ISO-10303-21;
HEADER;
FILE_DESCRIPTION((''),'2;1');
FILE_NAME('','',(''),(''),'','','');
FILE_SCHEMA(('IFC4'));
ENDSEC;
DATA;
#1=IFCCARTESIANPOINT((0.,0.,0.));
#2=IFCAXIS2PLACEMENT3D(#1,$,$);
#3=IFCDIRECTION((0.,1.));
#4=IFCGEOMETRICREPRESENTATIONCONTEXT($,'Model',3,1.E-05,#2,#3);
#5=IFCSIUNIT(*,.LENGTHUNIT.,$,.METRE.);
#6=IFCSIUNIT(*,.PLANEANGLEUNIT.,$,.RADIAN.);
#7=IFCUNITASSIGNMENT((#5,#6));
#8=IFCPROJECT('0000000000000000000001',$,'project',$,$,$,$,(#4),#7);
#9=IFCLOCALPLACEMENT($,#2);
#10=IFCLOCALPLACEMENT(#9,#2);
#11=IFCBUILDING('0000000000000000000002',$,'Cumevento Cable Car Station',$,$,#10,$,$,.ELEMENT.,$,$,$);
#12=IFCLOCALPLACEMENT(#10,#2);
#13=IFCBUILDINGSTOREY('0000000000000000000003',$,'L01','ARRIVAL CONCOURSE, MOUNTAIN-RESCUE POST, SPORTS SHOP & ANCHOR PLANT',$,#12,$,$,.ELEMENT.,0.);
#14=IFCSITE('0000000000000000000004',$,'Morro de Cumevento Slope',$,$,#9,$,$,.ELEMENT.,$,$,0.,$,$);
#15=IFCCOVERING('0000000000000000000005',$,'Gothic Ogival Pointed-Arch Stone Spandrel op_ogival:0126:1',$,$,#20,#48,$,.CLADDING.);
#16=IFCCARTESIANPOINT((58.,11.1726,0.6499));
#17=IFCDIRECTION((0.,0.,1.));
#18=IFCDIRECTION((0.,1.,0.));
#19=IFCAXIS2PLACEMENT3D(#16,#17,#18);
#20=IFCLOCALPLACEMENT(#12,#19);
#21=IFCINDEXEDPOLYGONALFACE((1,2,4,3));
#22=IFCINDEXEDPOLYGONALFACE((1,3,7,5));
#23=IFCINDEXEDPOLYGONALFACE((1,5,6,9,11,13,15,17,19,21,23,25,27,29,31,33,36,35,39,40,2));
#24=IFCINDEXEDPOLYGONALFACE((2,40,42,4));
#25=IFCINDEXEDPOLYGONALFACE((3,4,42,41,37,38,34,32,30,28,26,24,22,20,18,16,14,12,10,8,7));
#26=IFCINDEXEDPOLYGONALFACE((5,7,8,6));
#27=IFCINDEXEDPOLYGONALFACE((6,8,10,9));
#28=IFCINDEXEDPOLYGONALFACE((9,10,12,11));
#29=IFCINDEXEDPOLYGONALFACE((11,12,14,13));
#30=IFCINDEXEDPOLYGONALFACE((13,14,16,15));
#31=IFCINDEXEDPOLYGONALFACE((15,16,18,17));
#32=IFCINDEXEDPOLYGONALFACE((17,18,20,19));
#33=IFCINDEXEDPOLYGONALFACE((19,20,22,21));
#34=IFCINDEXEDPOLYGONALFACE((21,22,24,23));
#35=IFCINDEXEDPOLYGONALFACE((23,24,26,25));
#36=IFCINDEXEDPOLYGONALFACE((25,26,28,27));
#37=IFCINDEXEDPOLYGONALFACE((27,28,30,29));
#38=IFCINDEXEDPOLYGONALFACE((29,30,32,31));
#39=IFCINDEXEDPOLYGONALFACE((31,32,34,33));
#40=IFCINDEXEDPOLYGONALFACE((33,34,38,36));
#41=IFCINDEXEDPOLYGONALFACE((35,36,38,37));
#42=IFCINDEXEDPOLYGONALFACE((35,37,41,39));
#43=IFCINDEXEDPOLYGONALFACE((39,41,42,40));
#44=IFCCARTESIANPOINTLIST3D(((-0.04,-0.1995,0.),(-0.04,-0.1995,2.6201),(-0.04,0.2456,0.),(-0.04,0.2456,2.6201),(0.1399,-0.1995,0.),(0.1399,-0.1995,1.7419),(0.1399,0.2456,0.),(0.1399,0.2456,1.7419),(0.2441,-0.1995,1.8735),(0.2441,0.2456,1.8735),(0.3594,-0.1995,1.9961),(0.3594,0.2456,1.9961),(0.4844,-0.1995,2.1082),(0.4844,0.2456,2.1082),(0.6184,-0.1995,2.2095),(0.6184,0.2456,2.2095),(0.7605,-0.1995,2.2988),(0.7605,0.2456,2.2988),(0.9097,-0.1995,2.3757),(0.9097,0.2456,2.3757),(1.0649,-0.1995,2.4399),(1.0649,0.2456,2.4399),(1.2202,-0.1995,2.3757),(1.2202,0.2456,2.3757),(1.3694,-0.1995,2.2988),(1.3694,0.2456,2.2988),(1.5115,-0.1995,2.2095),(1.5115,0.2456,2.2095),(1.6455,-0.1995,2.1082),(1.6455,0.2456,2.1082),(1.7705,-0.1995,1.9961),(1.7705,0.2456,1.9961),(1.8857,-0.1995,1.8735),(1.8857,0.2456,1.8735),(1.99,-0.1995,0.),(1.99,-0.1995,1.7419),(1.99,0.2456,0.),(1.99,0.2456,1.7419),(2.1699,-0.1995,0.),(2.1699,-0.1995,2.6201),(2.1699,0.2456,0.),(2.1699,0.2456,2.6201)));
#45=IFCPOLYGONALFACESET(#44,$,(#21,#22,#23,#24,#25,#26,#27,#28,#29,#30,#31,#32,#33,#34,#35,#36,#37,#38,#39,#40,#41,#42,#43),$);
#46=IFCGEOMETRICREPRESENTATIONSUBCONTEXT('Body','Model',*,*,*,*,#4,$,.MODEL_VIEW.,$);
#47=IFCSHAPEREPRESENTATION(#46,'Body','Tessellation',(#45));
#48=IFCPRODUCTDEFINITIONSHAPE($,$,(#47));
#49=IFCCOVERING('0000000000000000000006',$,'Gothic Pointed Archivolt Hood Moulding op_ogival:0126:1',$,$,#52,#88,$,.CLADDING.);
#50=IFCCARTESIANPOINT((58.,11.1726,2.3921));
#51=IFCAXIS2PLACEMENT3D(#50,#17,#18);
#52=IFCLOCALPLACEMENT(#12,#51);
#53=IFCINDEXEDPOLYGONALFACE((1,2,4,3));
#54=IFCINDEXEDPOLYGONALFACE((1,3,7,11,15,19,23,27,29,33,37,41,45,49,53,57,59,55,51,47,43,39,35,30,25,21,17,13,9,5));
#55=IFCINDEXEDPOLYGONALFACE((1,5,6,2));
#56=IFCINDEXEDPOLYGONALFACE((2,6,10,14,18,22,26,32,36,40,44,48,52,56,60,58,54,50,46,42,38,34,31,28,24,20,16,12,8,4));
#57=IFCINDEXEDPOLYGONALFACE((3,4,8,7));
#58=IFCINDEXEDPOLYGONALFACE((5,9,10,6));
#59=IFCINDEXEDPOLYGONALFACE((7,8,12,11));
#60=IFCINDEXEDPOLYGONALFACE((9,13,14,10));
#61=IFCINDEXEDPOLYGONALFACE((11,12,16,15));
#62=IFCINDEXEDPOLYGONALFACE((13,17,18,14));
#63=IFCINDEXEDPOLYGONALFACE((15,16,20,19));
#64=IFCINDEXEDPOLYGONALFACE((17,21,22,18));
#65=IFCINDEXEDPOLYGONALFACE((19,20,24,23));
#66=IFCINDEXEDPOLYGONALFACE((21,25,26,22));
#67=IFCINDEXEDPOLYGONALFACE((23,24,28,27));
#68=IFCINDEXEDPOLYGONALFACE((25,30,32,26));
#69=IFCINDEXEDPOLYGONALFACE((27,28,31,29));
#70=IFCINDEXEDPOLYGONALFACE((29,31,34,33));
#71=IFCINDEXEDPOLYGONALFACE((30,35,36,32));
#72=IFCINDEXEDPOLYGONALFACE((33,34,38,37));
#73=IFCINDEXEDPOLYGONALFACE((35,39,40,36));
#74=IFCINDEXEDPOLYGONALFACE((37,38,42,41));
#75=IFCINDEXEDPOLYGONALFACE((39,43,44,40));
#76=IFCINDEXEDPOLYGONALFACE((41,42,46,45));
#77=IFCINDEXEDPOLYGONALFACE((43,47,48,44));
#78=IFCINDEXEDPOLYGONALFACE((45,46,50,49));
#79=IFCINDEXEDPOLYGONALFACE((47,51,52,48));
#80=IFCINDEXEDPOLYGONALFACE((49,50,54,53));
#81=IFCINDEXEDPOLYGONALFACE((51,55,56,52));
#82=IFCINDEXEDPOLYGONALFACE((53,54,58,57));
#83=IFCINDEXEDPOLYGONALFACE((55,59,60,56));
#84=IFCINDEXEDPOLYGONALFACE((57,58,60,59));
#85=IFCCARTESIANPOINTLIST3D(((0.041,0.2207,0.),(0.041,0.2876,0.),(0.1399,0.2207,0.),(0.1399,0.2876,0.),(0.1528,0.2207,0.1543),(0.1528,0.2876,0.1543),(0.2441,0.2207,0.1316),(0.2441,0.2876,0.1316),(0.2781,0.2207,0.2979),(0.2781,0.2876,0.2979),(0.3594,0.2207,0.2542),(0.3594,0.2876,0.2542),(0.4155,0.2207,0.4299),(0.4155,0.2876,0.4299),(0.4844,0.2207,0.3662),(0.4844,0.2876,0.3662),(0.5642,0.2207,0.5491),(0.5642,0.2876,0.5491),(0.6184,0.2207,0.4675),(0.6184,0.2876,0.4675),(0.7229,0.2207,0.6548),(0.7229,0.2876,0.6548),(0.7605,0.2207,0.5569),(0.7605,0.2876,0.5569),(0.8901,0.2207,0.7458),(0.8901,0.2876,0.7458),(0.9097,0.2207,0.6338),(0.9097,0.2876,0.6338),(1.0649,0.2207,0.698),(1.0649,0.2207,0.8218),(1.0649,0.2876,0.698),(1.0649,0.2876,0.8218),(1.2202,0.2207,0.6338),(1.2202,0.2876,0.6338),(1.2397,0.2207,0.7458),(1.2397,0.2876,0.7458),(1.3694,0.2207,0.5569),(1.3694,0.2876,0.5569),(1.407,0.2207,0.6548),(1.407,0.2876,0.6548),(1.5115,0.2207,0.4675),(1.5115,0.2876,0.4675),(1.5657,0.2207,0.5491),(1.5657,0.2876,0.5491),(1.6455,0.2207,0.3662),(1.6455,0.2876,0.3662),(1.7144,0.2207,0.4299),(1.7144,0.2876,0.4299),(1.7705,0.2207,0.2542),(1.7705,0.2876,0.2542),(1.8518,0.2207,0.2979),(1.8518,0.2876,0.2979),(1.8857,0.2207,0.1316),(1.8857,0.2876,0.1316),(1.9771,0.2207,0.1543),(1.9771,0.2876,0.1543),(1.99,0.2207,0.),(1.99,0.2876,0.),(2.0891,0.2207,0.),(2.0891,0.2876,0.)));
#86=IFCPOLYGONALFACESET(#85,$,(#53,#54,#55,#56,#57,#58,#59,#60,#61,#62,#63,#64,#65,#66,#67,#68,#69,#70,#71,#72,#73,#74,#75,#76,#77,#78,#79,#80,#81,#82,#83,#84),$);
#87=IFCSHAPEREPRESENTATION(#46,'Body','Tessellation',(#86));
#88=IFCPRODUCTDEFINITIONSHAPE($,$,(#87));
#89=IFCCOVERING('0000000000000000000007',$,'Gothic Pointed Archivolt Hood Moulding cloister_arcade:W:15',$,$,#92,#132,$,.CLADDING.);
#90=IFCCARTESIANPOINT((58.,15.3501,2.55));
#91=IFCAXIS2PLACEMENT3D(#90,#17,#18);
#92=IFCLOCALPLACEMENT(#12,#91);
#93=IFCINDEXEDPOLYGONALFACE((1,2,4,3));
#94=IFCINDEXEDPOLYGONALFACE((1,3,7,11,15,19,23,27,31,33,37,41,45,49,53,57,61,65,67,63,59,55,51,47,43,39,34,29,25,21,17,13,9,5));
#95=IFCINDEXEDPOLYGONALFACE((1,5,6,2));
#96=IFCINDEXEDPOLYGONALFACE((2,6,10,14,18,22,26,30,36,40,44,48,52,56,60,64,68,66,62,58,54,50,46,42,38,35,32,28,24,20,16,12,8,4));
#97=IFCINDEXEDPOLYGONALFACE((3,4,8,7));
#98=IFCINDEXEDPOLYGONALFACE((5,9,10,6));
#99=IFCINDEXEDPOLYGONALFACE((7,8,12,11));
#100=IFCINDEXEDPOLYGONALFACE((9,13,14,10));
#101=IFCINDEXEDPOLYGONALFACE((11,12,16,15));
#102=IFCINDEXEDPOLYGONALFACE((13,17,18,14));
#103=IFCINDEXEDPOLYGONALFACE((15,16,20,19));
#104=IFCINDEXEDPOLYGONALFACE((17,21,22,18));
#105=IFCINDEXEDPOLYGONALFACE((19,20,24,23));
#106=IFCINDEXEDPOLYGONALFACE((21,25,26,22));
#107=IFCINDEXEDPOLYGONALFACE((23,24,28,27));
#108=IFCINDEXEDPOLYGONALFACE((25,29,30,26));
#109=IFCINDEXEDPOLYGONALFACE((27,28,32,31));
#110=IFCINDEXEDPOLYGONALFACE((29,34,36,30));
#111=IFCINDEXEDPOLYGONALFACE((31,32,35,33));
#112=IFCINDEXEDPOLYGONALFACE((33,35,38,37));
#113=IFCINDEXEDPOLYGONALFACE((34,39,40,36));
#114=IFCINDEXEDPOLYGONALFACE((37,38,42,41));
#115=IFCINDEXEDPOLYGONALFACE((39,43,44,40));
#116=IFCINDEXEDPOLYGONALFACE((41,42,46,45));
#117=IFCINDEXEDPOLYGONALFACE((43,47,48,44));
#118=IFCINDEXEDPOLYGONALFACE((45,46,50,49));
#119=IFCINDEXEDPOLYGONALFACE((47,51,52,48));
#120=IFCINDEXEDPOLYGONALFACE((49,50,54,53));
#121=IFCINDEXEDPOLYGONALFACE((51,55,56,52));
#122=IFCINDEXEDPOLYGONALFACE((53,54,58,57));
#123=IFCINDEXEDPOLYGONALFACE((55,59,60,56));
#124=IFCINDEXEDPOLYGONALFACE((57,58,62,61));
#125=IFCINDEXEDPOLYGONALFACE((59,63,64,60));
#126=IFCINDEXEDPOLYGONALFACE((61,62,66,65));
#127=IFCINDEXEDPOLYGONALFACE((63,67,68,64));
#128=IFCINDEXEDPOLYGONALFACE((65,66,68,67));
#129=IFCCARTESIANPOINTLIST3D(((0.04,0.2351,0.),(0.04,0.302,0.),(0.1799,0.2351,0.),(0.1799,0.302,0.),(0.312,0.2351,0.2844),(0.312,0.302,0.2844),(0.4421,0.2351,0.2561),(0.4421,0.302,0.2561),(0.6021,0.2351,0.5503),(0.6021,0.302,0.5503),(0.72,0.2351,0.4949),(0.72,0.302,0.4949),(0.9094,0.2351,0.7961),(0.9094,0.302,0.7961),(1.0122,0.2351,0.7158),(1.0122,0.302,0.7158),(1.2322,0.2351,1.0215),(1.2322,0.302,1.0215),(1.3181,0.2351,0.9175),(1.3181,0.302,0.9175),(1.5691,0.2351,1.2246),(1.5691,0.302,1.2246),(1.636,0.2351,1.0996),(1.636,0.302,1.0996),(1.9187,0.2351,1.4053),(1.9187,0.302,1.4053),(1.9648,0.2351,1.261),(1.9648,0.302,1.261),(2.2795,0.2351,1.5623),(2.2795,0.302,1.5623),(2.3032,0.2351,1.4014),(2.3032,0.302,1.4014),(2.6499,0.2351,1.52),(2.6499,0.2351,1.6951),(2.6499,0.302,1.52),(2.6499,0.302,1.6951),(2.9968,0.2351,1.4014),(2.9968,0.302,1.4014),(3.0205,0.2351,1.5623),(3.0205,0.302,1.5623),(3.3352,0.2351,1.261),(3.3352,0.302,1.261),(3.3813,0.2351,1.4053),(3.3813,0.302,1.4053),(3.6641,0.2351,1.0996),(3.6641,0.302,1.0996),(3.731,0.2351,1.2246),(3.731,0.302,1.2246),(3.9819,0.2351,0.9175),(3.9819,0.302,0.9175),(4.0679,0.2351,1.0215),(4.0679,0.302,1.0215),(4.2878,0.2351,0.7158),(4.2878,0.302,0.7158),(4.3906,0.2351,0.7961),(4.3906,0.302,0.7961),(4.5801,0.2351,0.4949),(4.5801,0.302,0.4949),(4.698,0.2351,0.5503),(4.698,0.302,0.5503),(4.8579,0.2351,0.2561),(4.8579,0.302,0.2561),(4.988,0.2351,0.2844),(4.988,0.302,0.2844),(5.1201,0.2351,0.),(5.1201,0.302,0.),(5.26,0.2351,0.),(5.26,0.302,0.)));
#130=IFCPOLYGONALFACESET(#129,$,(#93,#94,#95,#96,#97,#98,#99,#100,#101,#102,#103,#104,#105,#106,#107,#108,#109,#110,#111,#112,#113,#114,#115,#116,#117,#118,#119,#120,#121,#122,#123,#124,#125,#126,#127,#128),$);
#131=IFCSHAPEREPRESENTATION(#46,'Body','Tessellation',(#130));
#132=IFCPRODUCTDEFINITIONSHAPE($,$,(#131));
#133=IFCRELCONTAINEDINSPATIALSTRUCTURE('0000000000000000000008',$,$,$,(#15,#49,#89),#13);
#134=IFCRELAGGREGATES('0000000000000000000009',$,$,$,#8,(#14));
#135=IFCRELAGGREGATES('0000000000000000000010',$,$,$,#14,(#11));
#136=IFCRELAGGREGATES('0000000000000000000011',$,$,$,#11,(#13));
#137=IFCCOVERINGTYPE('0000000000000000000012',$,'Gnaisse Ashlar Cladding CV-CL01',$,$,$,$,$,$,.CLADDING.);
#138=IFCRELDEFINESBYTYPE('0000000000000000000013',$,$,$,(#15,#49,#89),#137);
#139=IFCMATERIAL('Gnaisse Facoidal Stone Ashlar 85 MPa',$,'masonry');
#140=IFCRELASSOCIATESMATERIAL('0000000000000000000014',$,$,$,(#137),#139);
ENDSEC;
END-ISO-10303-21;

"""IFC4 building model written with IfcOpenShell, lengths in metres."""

from ifc_helpers import new_model, si_unit, direction, frame, origin, place, context, subcontext, project, spatial, polyline, outline, extrude, material, type_object, element, save


model = new_model("IFC4")

# Units and contexts
model_context = context("Model", 3, precision=1e-05, world=origin(), true_north=direction((0.0, 1.0)))
body_context = subcontext(model_context, "Body", "Model", "MODEL_VIEW")
ifc_project = project(units=[si_unit("LENGTHUNIT", "METRE"), si_unit("PLANEANGLEUNIT", "RADIAN")], contexts=[model_context])

# Site, building, storey
site_placement = place(None, origin())
site = spatial("IfcSite", under=ifc_project, at=site_placement, Name="Morro de Cumevento Slope", CompositionType="ELEMENT", RefElevation=0.0)
building_placement = place(site_placement, origin())
building = spatial("IfcBuilding", under=site, at=building_placement, Name="Cumevento Cable Car Station", CompositionType="ELEMENT")
storey_placement = place(building_placement, origin())
storey = spatial("IfcBuildingStorey", under=building, at=storey_placement, Name="L01", Description="ARRIVAL CONCOURSE, MOUNTAIN-RESCUE POST, SPORTS SHOP & ANCHOR PLANT", CompositionType="ELEMENT", Elevation=0.0)

# Coverings
ifc_material_1 = material(Name="Gnaisse Facoidal Stone Ashlar 85 MPa", Category="masonry")
covering_type = type_object("IfcCoveringType", Name="Gnaisse Ashlar Cladding CV-CL01", PredefinedType="CLADDING", material=ifc_material_1)
covering_1_placement = place(storey_placement, frame((58.0, 11.1726, 0.6499), z_axis=(0.0, 0.0, 1.0), x_axis=(0.0, 1.0, 0.0)))
element("IfcCovering", 1, at=covering_1_placement, inside=storey, type_object=covering_type, Name="Gothic Ogival Pointed-Arch Stone Spandrel op_ogival:0126:1", PredefinedType="CLADDING", context=body_context, shape_type="SweptSolid", body=[
    extrude(outline(polyline([(-0.04, 0.0), (-0.04, 2.6201), (2.1699, 2.6201), (2.1699, 0.0), (1.99, 0.0), (1.99, 1.7419), (1.8857, 1.8735), (1.7705, 1.9961), (1.6455, 2.1082), (1.5115, 2.2095), (1.3694, 2.2988), (1.2202, 2.3757), (1.0649, 2.4399), (0.9097, 2.3757), (0.7605, 2.2988), (0.6184, 2.2095), (0.4844, 2.1082), (0.3594, 1.9961), (0.2441, 1.8735), (0.1399, 1.7419), (0.1399, 0.0), (-0.04, 0.0)])), frame((0.0, 0.2456, 0.0), z_axis=(0.0, -1.0, 0.0), x_axis=(1.0, 0.0, 0.0)), (0.0, 0.0, 1.0), 0.4451),
])
covering_2_placement = place(storey_placement, frame((58.0, 11.1726, 2.3921), z_axis=(0.0, 0.0, 1.0), x_axis=(0.0, 1.0, 0.0)))
element("IfcCovering", 2, at=covering_2_placement, inside=storey, type_object=covering_type, Name="Gothic Pointed Archivolt Hood Moulding op_ogival:0126:1", PredefinedType="CLADDING", context=body_context, shape_type="SweptSolid", body=[
    extrude(outline(polyline([(0.1399, 0.0), (0.2441, 0.1316), (0.3594, 0.2542), (0.4844, 0.3662), (0.6184, 0.4675), (0.7605, 0.5569), (0.9097, 0.6338), (1.0649, 0.698), (1.2202, 0.6338), (1.3694, 0.5569), (1.5115, 0.4675), (1.6455, 0.3662), (1.7705, 0.2542), (1.8857, 0.1316), (1.99, 0.0), (2.0891, 0.0), (1.9771, 0.1543), (1.8518, 0.2979), (1.7144, 0.4299), (1.5657, 0.5491), (1.407, 0.6548), (1.2397, 0.7458), (1.0649, 0.8218), (0.8901, 0.7458), (0.7229, 0.6548), (0.5642, 0.5491), (0.4155, 0.4299), (0.2781, 0.2979), (0.1528, 0.1543), (0.041, 0.0), (0.1399, 0.0)])), frame((0.0, 0.2876, 0.0), z_axis=(0.0, -1.0, 0.0), x_axis=(1.0, 0.0, 0.0)), (0.0, 0.0, 1.0), 0.0669),
])
covering_3_placement = place(storey_placement, frame((58.0, 15.3501, 2.55), z_axis=(0.0, 0.0, 1.0), x_axis=(0.0, 1.0, 0.0)))
element("IfcCovering", 3, at=covering_3_placement, inside=storey, type_object=covering_type, Name="Gothic Pointed Archivolt Hood Moulding cloister_arcade:W:15", PredefinedType="CLADDING", context=body_context, shape_type="SweptSolid", body=[
    extrude(outline(polyline([(0.1799, 0.0), (0.4421, 0.2561), (0.72, 0.4949), (1.0122, 0.7158), (1.3181, 0.9175), (1.636, 1.0996), (1.9648, 1.261), (2.3032, 1.4014), (2.6499, 1.52), (2.9968, 1.4014), (3.3352, 1.261), (3.6641, 1.0996), (3.9819, 0.9175), (4.2878, 0.7158), (4.5801, 0.4949), (4.8579, 0.2561), (5.1201, 0.0), (5.26, 0.0), (4.988, 0.2844), (4.698, 0.5503), (4.3906, 0.7961), (4.0679, 1.0215), (3.731, 1.2246), (3.3813, 1.4053), (3.0205, 1.5623), (2.6499, 1.6951), (2.2795, 1.5623), (1.9187, 1.4053), (1.5691, 1.2246), (1.2322, 1.0215), (0.9094, 0.7961), (0.6021, 0.5503), (0.312, 0.2844), (0.04, 0.0), (0.1799, 0.0)])), frame((0.0, 0.302, 0.0), z_axis=(0.0, -1.0, 0.0), x_axis=(1.0, 0.0, 0.0)), (0.0, 0.0, 1.0), 0.0669),
])

save(model, "model.ifc")
